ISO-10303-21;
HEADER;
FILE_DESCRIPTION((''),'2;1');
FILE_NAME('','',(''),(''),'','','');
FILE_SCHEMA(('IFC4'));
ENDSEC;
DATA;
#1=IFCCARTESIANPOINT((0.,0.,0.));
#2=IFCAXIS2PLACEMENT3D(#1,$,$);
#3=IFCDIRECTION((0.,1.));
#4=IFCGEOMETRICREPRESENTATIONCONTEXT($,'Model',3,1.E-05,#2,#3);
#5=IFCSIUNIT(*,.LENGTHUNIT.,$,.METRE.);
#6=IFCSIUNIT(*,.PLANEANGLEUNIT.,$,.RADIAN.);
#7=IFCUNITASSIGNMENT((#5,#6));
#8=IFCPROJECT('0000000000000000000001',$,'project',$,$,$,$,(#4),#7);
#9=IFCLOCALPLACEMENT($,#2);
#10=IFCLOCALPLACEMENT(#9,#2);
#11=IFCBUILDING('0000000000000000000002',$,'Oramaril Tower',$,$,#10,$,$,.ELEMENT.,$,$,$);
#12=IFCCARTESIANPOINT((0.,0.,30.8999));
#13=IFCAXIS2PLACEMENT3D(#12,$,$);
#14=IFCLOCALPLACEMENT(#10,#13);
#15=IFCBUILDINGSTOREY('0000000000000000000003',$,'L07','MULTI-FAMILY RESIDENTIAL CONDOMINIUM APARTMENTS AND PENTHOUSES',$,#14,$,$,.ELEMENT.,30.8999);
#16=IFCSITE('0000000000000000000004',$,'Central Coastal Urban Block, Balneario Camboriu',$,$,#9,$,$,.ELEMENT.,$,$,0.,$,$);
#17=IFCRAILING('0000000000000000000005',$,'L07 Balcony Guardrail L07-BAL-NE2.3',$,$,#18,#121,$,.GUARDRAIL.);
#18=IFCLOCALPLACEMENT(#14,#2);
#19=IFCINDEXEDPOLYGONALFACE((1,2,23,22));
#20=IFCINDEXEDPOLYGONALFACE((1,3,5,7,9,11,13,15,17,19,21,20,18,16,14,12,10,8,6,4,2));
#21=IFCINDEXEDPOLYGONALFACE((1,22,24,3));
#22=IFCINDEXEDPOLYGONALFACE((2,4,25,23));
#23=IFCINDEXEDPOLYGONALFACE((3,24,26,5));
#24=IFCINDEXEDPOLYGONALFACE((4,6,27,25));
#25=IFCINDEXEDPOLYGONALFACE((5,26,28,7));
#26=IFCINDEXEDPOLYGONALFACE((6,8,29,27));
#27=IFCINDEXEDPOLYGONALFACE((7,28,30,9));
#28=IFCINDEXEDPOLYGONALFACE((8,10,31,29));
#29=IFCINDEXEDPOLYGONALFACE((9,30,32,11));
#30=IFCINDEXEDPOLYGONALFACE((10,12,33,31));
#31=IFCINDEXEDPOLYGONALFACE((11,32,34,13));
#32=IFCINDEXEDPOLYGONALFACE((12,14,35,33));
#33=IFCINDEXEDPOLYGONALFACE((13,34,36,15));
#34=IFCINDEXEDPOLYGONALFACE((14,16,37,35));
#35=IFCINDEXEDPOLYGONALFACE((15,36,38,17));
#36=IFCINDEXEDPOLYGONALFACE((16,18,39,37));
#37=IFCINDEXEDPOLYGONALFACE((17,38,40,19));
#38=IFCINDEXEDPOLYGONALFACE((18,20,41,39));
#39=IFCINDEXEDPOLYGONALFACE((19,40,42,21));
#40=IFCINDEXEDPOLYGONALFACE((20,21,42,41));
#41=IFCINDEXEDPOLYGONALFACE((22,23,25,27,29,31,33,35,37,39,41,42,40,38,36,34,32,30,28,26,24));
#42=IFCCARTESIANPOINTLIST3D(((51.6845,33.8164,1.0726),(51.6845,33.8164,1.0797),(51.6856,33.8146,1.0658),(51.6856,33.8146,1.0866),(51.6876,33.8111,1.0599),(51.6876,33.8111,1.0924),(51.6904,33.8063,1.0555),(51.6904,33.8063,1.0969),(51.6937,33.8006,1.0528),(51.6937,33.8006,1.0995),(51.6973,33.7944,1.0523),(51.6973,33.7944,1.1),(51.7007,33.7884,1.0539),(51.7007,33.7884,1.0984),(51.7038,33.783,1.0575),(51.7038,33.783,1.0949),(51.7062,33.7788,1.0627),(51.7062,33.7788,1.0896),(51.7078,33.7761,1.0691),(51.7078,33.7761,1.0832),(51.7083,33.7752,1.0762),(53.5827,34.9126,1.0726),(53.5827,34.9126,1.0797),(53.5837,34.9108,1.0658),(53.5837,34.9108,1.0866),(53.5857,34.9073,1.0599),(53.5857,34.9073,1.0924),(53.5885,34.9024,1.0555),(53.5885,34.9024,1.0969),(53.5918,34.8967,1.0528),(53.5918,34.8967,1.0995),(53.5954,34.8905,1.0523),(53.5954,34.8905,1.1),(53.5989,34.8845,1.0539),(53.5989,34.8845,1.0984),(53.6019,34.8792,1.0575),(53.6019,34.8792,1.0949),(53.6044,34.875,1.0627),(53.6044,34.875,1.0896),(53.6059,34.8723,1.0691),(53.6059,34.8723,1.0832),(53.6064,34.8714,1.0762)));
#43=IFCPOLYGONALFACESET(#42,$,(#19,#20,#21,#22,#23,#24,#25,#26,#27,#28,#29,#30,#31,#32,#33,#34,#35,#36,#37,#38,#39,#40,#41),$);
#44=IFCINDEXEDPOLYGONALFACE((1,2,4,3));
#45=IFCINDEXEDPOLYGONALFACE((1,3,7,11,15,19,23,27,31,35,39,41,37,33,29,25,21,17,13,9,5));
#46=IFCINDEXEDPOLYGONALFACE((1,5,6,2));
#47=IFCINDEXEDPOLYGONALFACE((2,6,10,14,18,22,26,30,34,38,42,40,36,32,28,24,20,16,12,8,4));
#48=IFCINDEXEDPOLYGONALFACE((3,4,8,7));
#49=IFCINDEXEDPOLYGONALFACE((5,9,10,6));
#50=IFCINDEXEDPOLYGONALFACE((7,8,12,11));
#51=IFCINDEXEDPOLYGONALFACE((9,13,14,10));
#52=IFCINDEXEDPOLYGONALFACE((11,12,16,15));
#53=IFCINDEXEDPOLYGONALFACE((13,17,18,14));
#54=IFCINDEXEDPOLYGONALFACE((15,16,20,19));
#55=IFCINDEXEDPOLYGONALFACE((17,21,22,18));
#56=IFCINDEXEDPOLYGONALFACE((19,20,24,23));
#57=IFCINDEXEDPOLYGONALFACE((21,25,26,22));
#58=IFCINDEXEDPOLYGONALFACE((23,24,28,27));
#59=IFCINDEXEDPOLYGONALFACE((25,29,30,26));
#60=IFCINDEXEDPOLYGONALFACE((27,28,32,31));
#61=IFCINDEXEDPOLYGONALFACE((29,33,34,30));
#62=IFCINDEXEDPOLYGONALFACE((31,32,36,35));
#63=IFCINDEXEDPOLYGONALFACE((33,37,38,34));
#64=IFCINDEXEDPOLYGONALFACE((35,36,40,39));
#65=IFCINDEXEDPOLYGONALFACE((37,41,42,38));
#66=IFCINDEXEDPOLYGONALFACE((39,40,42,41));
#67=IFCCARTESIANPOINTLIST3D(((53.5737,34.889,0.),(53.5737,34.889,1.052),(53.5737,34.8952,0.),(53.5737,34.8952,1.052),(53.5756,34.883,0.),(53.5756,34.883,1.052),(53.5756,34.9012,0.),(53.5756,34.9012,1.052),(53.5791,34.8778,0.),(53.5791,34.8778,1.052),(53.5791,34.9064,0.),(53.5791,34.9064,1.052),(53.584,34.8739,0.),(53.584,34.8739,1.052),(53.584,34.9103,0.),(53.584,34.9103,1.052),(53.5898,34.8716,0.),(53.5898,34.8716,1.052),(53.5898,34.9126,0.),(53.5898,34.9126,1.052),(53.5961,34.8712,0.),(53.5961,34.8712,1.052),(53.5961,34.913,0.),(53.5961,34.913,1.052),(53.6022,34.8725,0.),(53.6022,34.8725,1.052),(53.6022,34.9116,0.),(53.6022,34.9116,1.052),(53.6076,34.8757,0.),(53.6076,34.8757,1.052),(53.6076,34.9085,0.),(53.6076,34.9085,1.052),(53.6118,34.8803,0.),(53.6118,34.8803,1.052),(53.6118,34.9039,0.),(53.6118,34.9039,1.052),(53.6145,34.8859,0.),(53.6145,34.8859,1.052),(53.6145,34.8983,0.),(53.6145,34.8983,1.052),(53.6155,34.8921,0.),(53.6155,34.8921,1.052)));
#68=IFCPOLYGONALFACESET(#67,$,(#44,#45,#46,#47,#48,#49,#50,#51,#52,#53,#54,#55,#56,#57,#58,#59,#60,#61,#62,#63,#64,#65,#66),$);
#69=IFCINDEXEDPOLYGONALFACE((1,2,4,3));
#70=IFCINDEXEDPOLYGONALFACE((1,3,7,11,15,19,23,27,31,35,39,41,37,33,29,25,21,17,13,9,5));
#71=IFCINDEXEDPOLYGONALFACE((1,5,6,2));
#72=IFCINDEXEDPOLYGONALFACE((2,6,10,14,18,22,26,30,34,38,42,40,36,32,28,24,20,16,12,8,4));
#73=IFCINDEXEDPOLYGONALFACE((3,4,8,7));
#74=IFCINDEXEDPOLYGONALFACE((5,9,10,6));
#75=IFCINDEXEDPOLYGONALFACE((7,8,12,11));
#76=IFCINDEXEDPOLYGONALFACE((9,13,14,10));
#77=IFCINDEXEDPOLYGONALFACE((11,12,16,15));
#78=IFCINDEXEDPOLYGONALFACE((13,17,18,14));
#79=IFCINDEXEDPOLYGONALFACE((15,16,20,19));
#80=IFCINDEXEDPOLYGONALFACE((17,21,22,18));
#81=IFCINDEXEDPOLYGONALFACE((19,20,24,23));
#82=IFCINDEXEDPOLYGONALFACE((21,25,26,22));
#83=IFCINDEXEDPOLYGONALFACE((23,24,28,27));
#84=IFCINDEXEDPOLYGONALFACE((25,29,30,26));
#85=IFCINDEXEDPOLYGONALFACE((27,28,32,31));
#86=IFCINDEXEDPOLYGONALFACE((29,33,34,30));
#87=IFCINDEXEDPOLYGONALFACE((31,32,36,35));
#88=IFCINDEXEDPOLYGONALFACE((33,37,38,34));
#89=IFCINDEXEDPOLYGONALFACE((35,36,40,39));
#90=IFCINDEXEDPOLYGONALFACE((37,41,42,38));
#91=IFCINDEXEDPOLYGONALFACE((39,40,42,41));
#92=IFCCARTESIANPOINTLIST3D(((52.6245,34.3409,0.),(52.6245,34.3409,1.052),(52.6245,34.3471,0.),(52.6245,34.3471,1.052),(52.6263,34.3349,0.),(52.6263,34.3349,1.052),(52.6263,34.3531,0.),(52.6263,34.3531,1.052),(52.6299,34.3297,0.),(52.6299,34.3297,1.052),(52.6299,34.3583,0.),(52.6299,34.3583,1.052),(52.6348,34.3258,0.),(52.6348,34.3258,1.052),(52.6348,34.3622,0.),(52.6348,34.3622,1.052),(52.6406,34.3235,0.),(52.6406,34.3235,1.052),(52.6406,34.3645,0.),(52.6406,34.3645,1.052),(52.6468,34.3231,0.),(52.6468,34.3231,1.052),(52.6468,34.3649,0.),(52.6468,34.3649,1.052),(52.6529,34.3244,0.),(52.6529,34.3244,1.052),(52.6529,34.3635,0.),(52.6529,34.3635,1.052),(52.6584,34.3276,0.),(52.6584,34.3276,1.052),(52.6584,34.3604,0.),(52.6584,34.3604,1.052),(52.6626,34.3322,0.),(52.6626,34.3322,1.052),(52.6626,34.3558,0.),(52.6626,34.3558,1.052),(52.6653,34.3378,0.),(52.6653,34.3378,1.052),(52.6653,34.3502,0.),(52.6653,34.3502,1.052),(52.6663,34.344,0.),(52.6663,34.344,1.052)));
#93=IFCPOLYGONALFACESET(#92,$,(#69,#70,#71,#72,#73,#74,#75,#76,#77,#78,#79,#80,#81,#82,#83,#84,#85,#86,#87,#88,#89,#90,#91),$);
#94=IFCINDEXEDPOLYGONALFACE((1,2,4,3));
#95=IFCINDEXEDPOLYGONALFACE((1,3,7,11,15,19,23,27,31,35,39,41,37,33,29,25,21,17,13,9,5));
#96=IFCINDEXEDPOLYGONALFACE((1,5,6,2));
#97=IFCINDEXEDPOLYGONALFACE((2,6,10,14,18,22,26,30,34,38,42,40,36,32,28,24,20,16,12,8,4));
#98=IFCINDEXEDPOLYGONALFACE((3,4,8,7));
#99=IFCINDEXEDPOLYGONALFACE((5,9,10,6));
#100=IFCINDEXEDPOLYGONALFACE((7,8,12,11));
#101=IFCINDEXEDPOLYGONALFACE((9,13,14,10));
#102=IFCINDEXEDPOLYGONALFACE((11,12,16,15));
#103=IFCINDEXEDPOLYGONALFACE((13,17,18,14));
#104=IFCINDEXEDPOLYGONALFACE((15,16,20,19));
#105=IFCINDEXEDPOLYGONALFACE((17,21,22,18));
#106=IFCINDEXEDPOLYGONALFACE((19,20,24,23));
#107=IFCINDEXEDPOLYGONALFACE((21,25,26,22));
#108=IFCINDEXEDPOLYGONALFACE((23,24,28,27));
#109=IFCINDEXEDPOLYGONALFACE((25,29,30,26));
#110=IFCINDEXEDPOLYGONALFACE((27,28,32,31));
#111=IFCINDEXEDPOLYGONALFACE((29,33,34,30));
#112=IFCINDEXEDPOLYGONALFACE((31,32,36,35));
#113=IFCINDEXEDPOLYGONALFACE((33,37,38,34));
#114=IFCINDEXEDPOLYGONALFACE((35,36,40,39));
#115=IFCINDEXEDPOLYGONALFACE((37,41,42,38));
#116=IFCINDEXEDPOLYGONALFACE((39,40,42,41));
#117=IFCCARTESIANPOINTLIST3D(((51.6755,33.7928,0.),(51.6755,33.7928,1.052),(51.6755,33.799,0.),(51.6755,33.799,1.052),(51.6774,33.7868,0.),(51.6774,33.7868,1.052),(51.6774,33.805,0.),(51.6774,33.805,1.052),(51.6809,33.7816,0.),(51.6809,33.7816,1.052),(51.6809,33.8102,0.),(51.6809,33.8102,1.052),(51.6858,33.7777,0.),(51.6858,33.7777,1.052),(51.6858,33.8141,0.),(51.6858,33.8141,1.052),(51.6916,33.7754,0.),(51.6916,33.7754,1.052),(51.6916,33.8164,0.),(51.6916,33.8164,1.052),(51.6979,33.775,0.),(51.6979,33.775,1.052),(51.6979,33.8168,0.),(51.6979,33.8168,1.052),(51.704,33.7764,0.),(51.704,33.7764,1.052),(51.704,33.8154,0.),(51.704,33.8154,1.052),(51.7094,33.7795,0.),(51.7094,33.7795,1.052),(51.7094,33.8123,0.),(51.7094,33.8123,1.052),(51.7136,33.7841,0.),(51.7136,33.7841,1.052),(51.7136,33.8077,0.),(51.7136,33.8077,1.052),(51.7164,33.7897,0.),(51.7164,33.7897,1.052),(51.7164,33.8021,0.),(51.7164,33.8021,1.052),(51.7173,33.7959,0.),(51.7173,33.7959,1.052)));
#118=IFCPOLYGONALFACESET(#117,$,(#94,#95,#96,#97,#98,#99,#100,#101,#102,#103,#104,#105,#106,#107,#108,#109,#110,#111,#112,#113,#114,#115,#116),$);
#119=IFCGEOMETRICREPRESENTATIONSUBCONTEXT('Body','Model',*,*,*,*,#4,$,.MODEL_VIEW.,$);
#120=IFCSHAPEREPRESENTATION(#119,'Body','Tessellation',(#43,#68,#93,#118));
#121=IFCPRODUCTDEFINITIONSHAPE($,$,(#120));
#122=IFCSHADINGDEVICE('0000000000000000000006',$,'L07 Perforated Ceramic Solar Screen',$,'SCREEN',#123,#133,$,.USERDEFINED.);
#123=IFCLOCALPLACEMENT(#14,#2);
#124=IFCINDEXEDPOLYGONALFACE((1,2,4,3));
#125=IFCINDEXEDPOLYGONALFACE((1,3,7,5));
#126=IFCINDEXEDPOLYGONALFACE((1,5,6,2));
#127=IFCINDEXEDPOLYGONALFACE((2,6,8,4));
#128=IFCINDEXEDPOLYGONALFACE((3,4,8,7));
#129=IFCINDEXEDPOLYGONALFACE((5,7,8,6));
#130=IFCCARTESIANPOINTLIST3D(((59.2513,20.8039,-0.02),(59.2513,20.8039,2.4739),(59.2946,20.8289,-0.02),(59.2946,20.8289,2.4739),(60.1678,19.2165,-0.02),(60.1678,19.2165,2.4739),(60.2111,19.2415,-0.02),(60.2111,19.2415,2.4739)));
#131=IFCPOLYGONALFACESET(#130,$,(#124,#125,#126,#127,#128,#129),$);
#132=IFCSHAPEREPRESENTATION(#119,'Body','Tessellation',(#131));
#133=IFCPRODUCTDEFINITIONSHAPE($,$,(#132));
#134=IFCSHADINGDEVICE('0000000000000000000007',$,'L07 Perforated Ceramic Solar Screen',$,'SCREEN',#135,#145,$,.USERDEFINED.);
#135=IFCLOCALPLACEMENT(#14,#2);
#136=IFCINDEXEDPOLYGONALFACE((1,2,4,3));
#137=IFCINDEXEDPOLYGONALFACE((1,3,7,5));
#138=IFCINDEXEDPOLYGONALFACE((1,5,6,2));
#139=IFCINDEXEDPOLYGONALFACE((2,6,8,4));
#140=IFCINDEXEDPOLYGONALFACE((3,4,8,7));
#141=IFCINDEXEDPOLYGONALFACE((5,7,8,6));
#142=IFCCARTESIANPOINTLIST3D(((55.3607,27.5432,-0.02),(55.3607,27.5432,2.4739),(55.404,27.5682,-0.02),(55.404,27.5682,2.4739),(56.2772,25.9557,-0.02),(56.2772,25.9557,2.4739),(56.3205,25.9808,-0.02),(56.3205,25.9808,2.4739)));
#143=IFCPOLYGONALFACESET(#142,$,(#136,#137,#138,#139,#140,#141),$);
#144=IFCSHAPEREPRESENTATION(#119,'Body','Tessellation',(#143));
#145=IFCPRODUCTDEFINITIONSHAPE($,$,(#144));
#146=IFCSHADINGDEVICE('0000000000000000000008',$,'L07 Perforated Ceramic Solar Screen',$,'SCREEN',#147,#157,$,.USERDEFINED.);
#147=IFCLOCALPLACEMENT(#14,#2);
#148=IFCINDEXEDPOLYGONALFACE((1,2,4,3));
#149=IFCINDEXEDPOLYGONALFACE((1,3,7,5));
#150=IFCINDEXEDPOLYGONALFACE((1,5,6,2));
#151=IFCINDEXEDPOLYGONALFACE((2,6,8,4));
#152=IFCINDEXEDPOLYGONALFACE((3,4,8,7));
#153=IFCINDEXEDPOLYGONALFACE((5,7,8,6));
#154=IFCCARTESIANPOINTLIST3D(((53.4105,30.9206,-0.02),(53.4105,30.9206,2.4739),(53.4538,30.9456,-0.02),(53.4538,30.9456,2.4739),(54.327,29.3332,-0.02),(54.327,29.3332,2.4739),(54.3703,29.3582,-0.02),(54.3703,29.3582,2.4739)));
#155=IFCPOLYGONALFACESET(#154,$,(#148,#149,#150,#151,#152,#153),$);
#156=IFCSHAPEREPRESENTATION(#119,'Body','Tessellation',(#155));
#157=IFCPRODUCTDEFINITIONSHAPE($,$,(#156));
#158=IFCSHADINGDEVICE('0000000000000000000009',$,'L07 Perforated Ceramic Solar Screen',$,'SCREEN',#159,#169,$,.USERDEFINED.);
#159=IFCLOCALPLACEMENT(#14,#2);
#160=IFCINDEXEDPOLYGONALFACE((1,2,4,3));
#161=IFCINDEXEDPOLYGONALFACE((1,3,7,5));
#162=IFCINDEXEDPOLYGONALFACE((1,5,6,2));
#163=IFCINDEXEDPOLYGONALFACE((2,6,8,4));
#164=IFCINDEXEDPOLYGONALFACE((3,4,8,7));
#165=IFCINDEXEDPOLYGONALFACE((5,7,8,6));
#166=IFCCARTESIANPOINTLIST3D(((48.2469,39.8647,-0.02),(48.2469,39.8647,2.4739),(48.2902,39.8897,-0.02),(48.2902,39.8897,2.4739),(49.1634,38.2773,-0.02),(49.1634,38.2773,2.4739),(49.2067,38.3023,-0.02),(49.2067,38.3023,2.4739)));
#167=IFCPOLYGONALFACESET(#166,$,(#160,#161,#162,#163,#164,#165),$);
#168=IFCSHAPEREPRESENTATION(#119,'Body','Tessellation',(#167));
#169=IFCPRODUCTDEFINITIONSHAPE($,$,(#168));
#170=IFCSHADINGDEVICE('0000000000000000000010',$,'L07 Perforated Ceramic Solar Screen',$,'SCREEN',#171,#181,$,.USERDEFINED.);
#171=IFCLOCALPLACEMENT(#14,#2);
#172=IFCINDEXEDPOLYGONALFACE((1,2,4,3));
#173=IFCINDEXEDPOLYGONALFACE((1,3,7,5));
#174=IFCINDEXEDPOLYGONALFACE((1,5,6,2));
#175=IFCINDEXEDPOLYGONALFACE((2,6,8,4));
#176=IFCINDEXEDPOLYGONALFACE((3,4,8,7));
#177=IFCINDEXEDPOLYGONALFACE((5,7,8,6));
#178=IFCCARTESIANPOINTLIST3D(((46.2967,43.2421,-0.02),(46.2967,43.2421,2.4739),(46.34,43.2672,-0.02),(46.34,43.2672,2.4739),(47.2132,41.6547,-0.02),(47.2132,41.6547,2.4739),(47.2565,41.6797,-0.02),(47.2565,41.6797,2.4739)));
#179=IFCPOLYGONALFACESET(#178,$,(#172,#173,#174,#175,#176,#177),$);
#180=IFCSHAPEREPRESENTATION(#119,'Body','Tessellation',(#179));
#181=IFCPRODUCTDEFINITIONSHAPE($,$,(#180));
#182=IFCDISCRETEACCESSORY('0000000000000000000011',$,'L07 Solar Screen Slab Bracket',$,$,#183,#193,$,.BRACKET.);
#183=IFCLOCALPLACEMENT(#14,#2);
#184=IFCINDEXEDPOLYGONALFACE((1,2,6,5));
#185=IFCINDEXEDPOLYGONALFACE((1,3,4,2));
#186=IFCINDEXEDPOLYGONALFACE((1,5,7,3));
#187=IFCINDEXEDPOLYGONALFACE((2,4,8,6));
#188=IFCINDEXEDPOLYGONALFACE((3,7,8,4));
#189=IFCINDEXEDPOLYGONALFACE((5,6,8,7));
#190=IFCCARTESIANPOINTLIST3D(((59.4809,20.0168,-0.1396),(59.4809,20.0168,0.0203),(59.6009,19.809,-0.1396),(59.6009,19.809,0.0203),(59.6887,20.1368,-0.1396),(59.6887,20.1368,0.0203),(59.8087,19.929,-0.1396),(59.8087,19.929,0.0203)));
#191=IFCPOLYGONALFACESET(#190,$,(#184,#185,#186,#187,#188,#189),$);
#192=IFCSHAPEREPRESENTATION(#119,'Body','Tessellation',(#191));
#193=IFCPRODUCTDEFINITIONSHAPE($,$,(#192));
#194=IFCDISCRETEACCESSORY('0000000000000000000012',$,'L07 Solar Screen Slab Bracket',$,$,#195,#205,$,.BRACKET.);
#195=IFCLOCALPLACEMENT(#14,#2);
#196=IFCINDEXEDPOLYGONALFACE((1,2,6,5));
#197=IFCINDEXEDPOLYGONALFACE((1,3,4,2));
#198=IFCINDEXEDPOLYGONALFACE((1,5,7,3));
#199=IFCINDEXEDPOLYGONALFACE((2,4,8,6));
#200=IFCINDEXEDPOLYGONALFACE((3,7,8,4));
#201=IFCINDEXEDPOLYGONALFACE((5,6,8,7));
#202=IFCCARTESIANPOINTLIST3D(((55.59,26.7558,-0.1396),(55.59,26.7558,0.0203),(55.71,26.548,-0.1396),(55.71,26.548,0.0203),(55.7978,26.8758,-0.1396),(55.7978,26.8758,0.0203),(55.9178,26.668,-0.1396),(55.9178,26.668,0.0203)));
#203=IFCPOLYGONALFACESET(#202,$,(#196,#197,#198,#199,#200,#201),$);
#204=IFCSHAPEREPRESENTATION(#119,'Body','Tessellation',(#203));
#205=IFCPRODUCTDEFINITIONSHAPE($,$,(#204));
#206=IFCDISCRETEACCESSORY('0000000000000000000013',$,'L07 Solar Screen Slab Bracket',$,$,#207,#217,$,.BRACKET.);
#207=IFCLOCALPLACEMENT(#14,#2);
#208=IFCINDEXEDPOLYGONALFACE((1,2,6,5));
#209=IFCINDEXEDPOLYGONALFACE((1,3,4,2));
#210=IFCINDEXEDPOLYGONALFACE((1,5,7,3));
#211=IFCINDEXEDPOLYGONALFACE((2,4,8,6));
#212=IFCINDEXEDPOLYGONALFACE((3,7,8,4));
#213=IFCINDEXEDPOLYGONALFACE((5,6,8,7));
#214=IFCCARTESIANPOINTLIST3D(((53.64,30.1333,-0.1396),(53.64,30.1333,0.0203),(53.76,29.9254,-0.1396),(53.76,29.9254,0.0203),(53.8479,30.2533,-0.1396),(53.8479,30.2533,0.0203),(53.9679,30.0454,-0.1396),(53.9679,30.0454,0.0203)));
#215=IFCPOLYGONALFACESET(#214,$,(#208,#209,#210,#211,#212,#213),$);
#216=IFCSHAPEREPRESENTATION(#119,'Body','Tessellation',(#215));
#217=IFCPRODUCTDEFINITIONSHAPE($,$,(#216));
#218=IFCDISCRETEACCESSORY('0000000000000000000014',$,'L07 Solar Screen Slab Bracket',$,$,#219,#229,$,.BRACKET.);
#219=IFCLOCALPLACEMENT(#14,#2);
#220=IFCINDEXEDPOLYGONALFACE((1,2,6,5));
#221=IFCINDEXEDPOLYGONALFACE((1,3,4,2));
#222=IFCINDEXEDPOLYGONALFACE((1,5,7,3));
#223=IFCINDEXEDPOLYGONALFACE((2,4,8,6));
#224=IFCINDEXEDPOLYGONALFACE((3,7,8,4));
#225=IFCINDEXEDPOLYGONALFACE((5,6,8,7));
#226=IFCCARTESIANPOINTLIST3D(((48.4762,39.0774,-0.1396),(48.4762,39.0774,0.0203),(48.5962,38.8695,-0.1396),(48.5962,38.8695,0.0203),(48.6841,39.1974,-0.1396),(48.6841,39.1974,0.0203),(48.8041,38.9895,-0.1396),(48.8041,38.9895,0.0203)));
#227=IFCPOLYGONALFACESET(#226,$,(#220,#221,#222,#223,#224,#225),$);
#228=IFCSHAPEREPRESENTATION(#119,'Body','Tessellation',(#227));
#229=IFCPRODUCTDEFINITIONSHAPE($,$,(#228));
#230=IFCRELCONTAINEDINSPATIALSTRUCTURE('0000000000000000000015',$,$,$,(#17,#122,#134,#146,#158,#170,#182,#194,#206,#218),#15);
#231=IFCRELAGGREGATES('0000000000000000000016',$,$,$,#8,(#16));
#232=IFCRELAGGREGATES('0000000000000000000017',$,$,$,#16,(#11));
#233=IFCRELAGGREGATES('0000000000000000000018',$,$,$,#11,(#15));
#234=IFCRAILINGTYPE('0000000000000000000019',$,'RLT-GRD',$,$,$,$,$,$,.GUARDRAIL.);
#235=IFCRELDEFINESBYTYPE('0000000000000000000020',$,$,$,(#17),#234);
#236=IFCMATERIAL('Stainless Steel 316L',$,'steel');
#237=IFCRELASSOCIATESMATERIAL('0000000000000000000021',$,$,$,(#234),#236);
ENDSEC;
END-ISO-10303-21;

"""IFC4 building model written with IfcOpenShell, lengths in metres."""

from ifc_helpers import new_model, si_unit, direction, frame, origin, origin_2d, place, context, subcontext, project, spatial, rectangle, circle, extrude, material, type_object, element, save


model = new_model("IFC4")

# Units and contexts
model_context = context("Model", 3, precision=1e-05, world=origin(), true_north=direction((0.0, 1.0)))
body_context = subcontext(model_context, "Body", "Model", "MODEL_VIEW")
ifc_project = project(units=[si_unit("LENGTHUNIT", "METRE"), si_unit("PLANEANGLEUNIT", "RADIAN")], contexts=[model_context])

# Site, building, storey
site_placement = place(None, origin())
site = spatial("IfcSite", under=ifc_project, at=site_placement, Name="Central Coastal Urban Block, Balneario Camboriu", CompositionType="ELEMENT", RefElevation=0.0)
building_placement = place(site_placement, origin())
building = spatial("IfcBuilding", under=site, at=building_placement, Name="Oramaril Tower", CompositionType="ELEMENT")
storey_placement = place(building_placement, frame((0.0, 0.0, 30.8999)))
storey = spatial("IfcBuildingStorey", under=building, at=storey_placement, Name="L07", Description="MULTI-FAMILY RESIDENTIAL CONDOMINIUM APARTMENTS AND PENTHOUSES", CompositionType="ELEMENT", Elevation=30.8999)

# Railing
ifc_material_1 = material(Name="Stainless Steel 316L", Category="steel")
railing_type = type_object("IfcRailingType", Name="RLT-GRD", PredefinedType="GUARDRAIL", material=ifc_material_1)
railing_1_placement = place(storey_placement, frame((53.5945, 34.8921, 0.0)))
element("IfcRailing", 1, at=railing_1_placement, inside=storey, type_object=railing_type, Name="L07 Balcony Guardrail L07-BAL-NE2.3", PredefinedType="GUARDRAIL", context=body_context, shape_type="SweptSolid", body=[
    extrude(circle(Radius=0.0239, at=origin_2d()), frame((0.0, 0.0, 1.0762), z_axis=(-0.865972, -0.500092, 0.0), x_axis=(0.500092, -0.865972, 0.0)), (0.0, 0.0, 1.0), 2.1919),
    extrude(circle(Radius=0.021, at=origin_2d()), origin(), (0.0, 0.0, 1.0), 1.052),
    extrude(circle(Radius=0.021, at=origin_2d()), frame((-0.9492, -0.5481, 0.0)), (0.0, 0.0, 1.0), 1.052),
    extrude(circle(Radius=0.021, at=origin_2d()), frame((-1.8982, -1.0962, 0.0)), (0.0, 0.0, 1.0), 1.052),
])

# Shading devices
for number, where, z_axis, x_axis, name in (
    (2, (59.7312, 20.0227, -0.02), (0.0, 0.0, 1.0), (-0.5, 0.866025, 0.0), "L07 Perforated Ceramic Solar Screen"),
    (3, (55.8406, 26.762, -0.02), (0.0, 0.0, 1.0), (-0.5, 0.866025, 0.0), "L07 Perforated Ceramic Solar Screen"),
    (4, (53.8904, 30.1394, -0.02), (0.0, 0.0, 1.0), (-0.5, 0.866025, 0.0), "L07 Perforated Ceramic Solar Screen"),
    (5, (48.7268, 39.0835, -0.02), (0.0, 0.0, 1.0), (-0.5, 0.866025, 0.0), "L07 Perforated Ceramic Solar Screen"),
    (6, (46.7766, 42.4609, -0.02), (0.0, 0.0, 1.0), (-0.5, 0.866025, 0.0), "L07 Perforated Ceramic Solar Screen"),
):
    element("IfcShadingDevice", number, at=place(storey_placement, frame(where, z_axis=z_axis, x_axis=x_axis)), inside=storey, Name=name, ObjectType="SCREEN", PredefinedType="USERDEFINED", context=body_context, shape_type="SweptSolid", body=[
        extrude(rectangle(XDim=1.833, YDim=0.05, at=origin_2d()), origin(), (0.0, 0.0, 1.0), 2.4939),
    ])

# Discrete accessories
for number, where, z_axis, x_axis, name in (
    (7, (59.6448, 19.9729, -0.1396), (0.0, 0.0, 1.0), (-0.5, 0.866025, 0.0), "L07 Solar Screen Slab Bracket"),
    (8, (55.7539, 26.7119, -0.1396), (0.0, 0.0, 1.0), (-0.5, 0.866025, 0.0), "L07 Solar Screen Slab Bracket"),
    (9, (53.804, 30.0894, -0.1396), (0.0, 0.0, 1.0), (-0.5, 0.866025, 0.0), "L07 Solar Screen Slab Bracket"),
    (10, (48.6401, 39.0334, -0.1396), (0.0, 0.0, 1.0), (-0.5, 0.866025, 0.0), "L07 Solar Screen Slab Bracket"),
):
    element("IfcDiscreteAccessory", number, at=place(storey_placement, frame(where, z_axis=z_axis, x_axis=x_axis)), inside=storey, Name=name, PredefinedType="BRACKET", context=body_context, shape_type="SweptSolid", body=[
        extrude(rectangle(XDim=0.24, YDim=0.24, at=origin_2d()), origin(), (0.0, 0.0, 1.0), 0.1599),
    ])

save(model, "model.ifc")
